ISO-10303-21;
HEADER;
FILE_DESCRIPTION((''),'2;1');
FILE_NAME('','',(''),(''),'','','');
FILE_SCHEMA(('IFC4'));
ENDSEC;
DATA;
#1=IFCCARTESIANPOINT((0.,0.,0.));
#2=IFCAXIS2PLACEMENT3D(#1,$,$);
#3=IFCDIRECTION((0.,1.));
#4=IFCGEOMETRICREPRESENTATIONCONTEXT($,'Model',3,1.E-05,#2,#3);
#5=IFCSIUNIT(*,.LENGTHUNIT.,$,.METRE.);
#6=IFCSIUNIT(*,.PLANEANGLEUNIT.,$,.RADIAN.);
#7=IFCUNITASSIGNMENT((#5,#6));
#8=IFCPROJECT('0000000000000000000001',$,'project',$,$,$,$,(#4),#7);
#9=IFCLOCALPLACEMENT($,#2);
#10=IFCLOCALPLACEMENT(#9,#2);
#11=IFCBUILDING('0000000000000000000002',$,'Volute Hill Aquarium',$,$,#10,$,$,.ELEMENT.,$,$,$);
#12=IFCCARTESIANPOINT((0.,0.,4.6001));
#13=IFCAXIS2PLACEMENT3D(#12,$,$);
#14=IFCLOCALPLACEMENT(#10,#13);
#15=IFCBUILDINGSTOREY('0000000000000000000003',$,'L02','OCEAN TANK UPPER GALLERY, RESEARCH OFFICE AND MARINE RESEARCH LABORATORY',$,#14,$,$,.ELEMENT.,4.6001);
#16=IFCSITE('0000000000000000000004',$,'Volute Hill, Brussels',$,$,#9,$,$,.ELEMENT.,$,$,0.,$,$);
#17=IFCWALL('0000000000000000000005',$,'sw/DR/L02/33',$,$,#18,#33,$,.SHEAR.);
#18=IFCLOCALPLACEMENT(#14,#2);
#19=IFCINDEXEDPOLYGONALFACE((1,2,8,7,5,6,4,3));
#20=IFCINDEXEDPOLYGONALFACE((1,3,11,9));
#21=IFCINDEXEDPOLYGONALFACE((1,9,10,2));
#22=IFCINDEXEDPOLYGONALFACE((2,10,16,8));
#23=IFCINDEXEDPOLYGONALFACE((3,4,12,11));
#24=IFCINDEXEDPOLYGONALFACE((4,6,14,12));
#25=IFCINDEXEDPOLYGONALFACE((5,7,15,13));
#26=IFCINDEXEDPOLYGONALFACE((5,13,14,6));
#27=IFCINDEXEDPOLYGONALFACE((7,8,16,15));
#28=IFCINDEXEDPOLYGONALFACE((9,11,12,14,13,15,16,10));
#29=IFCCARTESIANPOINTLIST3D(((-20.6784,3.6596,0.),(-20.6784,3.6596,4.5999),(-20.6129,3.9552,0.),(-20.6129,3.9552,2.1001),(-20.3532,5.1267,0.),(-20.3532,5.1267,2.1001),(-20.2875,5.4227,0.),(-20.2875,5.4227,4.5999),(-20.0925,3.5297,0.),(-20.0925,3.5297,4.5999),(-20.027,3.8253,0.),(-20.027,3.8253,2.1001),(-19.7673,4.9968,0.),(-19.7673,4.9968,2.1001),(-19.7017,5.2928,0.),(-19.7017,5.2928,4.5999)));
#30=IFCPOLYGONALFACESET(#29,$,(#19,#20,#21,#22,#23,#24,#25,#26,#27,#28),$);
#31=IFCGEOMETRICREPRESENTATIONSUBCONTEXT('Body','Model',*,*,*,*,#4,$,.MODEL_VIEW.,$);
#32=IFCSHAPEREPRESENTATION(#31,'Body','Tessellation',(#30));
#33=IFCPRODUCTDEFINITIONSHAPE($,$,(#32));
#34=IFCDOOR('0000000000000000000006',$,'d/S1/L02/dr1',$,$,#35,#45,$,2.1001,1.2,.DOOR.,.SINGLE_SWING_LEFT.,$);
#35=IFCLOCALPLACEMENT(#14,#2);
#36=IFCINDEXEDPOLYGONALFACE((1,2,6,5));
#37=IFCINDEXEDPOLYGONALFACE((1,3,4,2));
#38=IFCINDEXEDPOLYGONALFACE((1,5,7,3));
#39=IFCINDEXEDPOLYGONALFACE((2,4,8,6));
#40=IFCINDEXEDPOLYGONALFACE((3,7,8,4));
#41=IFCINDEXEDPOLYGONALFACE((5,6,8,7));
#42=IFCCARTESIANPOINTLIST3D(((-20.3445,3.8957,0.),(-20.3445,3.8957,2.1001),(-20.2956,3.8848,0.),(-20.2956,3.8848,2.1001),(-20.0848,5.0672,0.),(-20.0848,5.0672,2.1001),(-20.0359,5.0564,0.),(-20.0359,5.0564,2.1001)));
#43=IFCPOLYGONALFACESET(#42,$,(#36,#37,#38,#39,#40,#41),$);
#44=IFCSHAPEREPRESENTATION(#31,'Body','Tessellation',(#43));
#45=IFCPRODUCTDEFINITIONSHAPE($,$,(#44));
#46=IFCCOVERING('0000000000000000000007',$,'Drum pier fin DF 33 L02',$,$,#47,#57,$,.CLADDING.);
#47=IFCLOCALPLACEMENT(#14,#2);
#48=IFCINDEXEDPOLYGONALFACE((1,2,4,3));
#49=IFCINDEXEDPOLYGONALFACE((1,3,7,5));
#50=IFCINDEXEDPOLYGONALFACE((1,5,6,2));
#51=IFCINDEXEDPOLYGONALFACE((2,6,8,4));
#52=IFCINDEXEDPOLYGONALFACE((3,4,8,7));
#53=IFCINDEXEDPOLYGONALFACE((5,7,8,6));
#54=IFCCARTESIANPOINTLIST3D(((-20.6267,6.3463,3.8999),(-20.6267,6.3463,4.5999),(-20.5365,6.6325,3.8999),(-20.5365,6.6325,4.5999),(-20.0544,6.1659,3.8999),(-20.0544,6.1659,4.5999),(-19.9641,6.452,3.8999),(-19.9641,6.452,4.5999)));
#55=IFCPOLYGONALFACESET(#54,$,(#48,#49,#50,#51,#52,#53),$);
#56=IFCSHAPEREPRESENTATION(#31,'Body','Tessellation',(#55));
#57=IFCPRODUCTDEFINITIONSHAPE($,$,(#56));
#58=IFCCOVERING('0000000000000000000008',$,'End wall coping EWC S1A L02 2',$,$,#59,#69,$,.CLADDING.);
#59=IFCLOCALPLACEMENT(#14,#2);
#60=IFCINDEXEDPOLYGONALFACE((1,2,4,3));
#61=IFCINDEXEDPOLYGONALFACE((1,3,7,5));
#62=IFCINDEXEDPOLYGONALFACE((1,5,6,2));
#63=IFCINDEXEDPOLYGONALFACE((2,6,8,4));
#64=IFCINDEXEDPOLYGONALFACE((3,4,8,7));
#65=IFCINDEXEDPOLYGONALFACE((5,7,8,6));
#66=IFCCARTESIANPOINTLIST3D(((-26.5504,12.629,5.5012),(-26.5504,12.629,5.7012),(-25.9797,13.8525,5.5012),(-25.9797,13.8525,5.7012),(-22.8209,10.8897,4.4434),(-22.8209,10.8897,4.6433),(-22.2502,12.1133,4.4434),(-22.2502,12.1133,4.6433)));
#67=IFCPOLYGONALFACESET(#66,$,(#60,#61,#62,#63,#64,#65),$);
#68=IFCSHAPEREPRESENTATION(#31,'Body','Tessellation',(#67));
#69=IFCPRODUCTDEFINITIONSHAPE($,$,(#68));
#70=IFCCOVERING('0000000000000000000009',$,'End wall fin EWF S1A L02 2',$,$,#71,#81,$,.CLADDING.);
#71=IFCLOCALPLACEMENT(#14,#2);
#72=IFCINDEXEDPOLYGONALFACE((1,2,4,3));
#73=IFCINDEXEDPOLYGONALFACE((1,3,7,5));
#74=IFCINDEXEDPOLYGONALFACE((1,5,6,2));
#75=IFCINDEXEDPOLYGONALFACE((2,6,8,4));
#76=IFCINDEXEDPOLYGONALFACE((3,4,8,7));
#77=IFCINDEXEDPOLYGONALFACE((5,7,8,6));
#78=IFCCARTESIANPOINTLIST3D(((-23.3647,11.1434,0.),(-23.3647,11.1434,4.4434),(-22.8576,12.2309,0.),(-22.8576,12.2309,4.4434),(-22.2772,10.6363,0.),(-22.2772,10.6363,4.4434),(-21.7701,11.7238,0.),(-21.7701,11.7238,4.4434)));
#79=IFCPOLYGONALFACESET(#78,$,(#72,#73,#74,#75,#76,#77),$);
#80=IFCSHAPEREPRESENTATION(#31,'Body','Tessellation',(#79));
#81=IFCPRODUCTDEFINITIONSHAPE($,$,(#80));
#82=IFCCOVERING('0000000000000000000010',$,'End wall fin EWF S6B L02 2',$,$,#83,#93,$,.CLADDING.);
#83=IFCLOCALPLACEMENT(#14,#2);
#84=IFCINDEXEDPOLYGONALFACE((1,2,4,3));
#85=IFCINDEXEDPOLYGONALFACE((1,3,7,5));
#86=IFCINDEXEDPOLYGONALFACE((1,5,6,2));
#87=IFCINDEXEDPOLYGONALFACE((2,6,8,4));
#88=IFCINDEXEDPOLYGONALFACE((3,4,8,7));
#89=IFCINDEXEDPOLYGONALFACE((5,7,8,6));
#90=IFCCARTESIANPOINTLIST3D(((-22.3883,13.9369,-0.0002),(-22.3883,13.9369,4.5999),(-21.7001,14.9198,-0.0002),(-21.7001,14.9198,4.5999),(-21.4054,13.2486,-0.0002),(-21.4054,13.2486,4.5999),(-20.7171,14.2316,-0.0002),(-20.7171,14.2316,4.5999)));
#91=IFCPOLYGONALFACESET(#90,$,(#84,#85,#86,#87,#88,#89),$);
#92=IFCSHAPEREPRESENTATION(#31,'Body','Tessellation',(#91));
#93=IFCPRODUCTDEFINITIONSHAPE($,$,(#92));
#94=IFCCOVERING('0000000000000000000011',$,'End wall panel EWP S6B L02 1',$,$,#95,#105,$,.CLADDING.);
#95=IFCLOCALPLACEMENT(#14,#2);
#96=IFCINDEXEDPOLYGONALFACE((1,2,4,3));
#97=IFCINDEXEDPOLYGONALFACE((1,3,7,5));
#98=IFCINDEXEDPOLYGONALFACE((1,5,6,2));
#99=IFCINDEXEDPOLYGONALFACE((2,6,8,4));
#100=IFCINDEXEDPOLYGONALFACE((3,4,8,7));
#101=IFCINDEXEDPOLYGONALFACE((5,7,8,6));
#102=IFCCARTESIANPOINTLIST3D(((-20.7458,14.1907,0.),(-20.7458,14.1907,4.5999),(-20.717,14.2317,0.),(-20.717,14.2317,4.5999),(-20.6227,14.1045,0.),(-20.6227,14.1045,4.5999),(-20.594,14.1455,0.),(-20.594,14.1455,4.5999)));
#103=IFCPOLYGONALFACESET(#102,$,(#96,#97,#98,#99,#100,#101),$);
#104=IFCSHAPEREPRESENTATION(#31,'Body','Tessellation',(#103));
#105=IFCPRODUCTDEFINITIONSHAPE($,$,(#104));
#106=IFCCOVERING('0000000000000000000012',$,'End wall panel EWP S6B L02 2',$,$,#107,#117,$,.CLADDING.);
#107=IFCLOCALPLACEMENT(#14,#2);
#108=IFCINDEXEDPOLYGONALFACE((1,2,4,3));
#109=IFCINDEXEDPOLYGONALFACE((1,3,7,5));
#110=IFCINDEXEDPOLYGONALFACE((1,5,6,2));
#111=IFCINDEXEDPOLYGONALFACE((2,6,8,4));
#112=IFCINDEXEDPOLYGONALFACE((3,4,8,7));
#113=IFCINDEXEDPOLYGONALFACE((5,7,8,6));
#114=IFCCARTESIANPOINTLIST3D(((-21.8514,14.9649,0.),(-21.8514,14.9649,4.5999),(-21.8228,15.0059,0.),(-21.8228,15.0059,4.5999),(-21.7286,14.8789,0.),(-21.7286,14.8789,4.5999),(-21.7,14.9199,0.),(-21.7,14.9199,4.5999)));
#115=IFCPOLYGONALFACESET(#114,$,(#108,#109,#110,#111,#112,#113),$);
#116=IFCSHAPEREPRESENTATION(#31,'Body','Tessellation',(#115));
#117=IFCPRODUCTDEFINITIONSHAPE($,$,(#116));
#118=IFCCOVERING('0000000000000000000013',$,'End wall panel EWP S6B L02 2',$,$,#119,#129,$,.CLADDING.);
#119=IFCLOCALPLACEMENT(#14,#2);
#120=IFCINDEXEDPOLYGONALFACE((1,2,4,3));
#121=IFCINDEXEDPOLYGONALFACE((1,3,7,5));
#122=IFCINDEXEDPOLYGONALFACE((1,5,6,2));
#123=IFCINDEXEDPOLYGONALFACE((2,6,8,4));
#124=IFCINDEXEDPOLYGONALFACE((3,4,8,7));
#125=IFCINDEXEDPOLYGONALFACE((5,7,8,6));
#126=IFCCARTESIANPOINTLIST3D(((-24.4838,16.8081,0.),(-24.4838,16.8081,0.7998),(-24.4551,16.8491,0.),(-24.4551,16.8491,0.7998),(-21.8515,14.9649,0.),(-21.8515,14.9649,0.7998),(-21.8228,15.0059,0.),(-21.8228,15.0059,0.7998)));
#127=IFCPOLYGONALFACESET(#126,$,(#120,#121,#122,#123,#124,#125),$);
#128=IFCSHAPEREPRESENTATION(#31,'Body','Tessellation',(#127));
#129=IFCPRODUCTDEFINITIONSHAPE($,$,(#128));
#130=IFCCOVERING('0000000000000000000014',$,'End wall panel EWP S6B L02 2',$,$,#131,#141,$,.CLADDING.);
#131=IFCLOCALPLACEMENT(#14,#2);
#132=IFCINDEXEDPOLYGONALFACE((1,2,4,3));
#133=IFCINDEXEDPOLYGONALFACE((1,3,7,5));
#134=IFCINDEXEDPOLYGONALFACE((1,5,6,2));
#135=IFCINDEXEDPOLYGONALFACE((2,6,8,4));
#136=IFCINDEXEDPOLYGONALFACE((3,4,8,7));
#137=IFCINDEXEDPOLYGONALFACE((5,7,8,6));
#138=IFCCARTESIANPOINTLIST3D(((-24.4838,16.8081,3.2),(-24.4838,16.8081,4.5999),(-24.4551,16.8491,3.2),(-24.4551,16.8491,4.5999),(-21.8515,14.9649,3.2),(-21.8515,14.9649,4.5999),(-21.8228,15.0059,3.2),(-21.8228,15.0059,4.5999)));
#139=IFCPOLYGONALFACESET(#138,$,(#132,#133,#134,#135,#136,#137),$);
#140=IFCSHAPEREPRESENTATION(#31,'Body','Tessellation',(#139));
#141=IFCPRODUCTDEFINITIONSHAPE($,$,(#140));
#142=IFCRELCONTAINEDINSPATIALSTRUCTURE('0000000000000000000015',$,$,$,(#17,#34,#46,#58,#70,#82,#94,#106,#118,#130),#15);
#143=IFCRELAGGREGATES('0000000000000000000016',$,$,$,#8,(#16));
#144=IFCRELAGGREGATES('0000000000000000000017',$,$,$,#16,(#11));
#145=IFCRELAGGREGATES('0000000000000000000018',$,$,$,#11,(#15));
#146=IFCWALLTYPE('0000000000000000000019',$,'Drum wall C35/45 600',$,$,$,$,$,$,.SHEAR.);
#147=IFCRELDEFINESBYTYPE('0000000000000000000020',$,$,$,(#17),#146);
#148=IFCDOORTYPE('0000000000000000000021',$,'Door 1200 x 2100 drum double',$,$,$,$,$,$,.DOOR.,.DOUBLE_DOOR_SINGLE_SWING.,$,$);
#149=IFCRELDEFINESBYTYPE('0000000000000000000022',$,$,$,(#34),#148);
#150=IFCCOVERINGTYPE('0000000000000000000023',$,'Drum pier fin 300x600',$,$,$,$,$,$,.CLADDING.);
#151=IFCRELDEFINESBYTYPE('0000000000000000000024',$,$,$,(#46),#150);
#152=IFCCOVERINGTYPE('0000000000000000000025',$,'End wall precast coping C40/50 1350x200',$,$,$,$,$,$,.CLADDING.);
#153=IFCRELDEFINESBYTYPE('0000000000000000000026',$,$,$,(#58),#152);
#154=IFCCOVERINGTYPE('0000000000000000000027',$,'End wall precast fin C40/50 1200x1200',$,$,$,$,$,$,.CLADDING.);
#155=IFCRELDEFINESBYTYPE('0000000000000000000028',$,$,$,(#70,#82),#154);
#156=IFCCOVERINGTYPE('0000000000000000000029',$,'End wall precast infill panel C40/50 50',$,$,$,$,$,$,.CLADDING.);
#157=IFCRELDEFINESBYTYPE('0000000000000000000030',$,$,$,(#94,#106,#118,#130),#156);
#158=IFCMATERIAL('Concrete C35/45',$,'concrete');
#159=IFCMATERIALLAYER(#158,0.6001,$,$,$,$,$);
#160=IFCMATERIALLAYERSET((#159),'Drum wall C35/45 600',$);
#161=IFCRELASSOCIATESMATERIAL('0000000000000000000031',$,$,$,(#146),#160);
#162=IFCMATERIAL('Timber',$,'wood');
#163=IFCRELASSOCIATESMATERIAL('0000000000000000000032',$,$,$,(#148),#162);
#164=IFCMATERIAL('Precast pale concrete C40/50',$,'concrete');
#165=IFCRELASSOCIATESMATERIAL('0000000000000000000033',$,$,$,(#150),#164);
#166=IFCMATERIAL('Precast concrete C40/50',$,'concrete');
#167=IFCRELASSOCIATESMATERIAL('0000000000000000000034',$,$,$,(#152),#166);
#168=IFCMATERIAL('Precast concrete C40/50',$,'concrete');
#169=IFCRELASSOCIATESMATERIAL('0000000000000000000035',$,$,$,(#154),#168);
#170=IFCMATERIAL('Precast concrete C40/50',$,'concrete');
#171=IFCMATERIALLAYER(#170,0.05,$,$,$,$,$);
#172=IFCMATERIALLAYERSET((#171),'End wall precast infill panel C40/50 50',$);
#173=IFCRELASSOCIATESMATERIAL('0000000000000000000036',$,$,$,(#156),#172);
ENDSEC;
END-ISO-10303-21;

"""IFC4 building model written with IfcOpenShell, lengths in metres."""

from ifc_helpers import new_model, si_unit, direction, frame, frame_2d, origin, origin_2d, place, context, subcontext, project, spatial, polyline, rectangle, outline, extrude, material, layer, layer_set, type_object, element, fill, save


model = new_model("IFC4")

# Units and contexts
model_context = context("Model", 3, precision=1e-05, world=origin(), true_north=direction((0.0, 1.0)))
body_context = subcontext(model_context, "Body", "Model", "MODEL_VIEW")
ifc_project = project(units=[si_unit("LENGTHUNIT", "METRE"), si_unit("PLANEANGLEUNIT", "RADIAN")], contexts=[model_context])

# Site, building, storey
site_placement = place(None, origin())
site = spatial("IfcSite", under=ifc_project, at=site_placement, Name="Volute Hill, Brussels", CompositionType="ELEMENT", RefElevation=0.0)
building_placement = place(site_placement, origin())
building = spatial("IfcBuilding", under=site, at=building_placement, Name="Volute Hill Aquarium", CompositionType="ELEMENT")
storey_placement = place(building_placement, frame((0.0, 0.0, 4.6001)))
storey = spatial("IfcBuildingStorey", under=building, at=storey_placement, Name="L02", Description="OCEAN TANK UPPER GALLERY, RESEARCH OFFICE AND MARINE RESEARCH LABORATORY", CompositionType="ELEMENT", Elevation=4.6001)

# Wall, opening, door
ifc_material_1 = material(Name="Concrete C35/45", Category="concrete")
ifc_layer_1 = layer(ifc_material_1, 0.6001)
ifc_layer_set_1 = layer_set([ifc_layer_1], Name="Drum wall C35/45 600")
wall_type_1 = type_object("IfcWallType", Name="Drum wall C35/45 600", PredefinedType="SHEAR", material=ifc_layer_set_1)
wall_1_placement = place(storey_placement, frame((-19.9946, 5.3577, 0.0), z_axis=(0.0, 0.0, 1.0), x_axis=(-0.216429, -0.976298, 0.0)))
wall_1 = element("IfcWall", 1, at=wall_1_placement, inside=storey, type_object=wall_type_1, Name="sw/DR/L02/33", PredefinedType="SHEAR", context=body_context, shape_type="SweptSolid", body=[
    extrude(rectangle(XDim=1.8059, YDim=0.6001, at=frame_2d((0.9028, 0.0))), origin(), (0.0, 0.0, 1.0), 4.5999),
])
opening_1_placement = place(wall_1_placement, frame((0.303, 0.0, 0.0)))
opening_1 = element("IfcOpeningElement", 2, at=opening_1_placement, cuts=wall_1, PredefinedType="OPENING", context=body_context, shape_type="SweptSolid", body=[
    extrude(rectangle(XDim=1.2, YDim=2.1001, at=frame_2d((0.6001, 1.05))), frame((0.0, 0.3101, 0.0), z_axis=(0.0, -1.0, 0.0), x_axis=(1.0, 0.0, 0.0)), (0.0, 0.0, 1.0), 0.6201),
])
ifc_material_2 = material(Name="Timber", Category="wood")
door_type_1 = type_object("IfcDoorType", Name="Door 1200 x 2100 drum double", OperationType="DOUBLE_DOOR_SINGLE_SWING", PredefinedType="DOOR", material=ifc_material_2)
door_1_placement = place(opening_1_placement, origin())
door_1 = element("IfcDoor", 3, at=door_1_placement, inside=storey, type_object=door_type_1, Name="d/S1/L02/dr1", OperationType="SINGLE_SWING_LEFT", OverallHeight=2.1001, OverallWidth=1.2, PredefinedType="DOOR", context=body_context, shape_type="SweptSolid", body=[
    extrude(rectangle(XDim=1.2, YDim=2.1001, at=frame_2d((0.6001, 1.05))), frame((0.0, 0.0249, 0.0), z_axis=(0.0, -1.0, 0.0), x_axis=(1.0, 0.0, 0.0)), (0.0, 0.0, 1.0), 0.05),
])
fill(opening_1, door_1)

# Coverings
ifc_material_3 = material(Name="Precast pale concrete C40/50", Category="concrete")
covering_type_1 = type_object("IfcCoveringType", Name="Drum pier fin 300x600", PredefinedType="CLADDING", material=ifc_material_3)
covering_1_placement = place(storey_placement, frame((-20.2954, 6.3992, 3.8999), z_axis=(0.0, 0.0, 1.0), x_axis=(-0.300706, -0.953717, 0.0)))
element("IfcCovering", 4, at=covering_1_placement, inside=storey, type_object=covering_type_1, Name="Drum pier fin DF 33 L02", PredefinedType="CLADDING", context=body_context, shape_type="SweptSolid", body=[
    extrude(rectangle(XDim=0.3, YDim=0.6001, at=origin_2d()), origin(), (0.0, 0.0, 1.0), 0.7),
])
ifc_material_4 = material(Name="Precast concrete C40/50", Category="concrete")
covering_type_2 = type_object("IfcCoveringType", Name="End wall precast coping C40/50 1350x200", PredefinedType="CLADDING", material=ifc_material_4)
covering_2_placement = place(storey_placement, frame((-22.2502, 12.1133, 4.4434), z_axis=(0.422652, 0.906292, 0.0), x_axis=(-0.877754, 0.409343, 0.248973)))
element("IfcCovering", 5, at=covering_2_placement, inside=storey, type_object=covering_type_2, Name="End wall coping EWC S1A L02 2", PredefinedType="CLADDING", context=body_context, shape_type="SweptSolid", body=[
    extrude(outline(polyline([(0.0, 0.0), (4.2489, 0.0), (4.2987, 0.1937), (0.0498, 0.1937), (0.0, 0.0)])), origin(), (0.0, 0.0, -1.0), 1.3501),
])
ifc_material_5 = material(Name="Precast concrete C40/50", Category="concrete")
covering_type_3 = type_object("IfcCoveringType", Name="End wall precast fin C40/50 1200x1200", PredefinedType="CLADDING", material=ifc_material_5)
covering_3_placement = place(storey_placement, frame((-22.5674, 11.4336, 0.0), z_axis=(0.0, 0.0, 1.0), x_axis=(-0.906308, 0.422618, 0.0)))
element("IfcCovering", 6, at=covering_3_placement, inside=storey, type_object=covering_type_3, Name="End wall fin EWF S1A L02 2", PredefinedType="CLADDING", context=body_context, shape_type="SweptSolid", body=[
    extrude(rectangle(XDim=1.2, YDim=1.2, at=origin_2d()), origin(), (0.0, 0.0, 1.0), 4.4434),
])
covering_4_placement = place(storey_placement, frame((-21.5527, 14.0842, -0.0002), z_axis=(0.0, 0.0, 1.0), x_axis=(-0.819153, 0.573575, 0.0)))
element("IfcCovering", 7, at=covering_4_placement, inside=storey, type_object=covering_type_3, Name="End wall fin EWF S6B L02 2", PredefinedType="CLADDING", context=body_context, shape_type="SweptSolid", body=[
    extrude(rectangle(XDim=1.2, YDim=1.2, at=origin_2d()), origin(), (0.0, 0.0, 1.0), 4.6001),
])
ifc_material_6 = material(Name="Precast concrete C40/50", Category="concrete")
ifc_layer_2 = layer(ifc_material_6, 0.05)
ifc_layer_set_2 = layer_set([ifc_layer_2], Name="End wall precast infill panel C40/50 50")
covering_type_4 = type_object("IfcCoveringType", Name="End wall precast infill panel C40/50 50", PredefinedType="CLADDING", material=ifc_layer_set_2)
covering_5_placement = place(storey_placement, frame((-20.594, 14.1455, 0.0), z_axis=(0.57368, 0.819079, 0.0), x_axis=(-0.819079, 0.57368, 0.0)))
element("IfcCovering", 8, at=covering_5_placement, inside=storey, type_object=covering_type_4, Name="End wall panel EWP S6B L02 1", PredefinedType="CLADDING", context=body_context, shape_type="SweptSolid", body=[
    extrude(outline(polyline([(0.0, 0.0), (0.1502, 0.0), (0.1502, 4.5999), (0.0, 4.5999), (0.0, 0.0)])), origin(), (0.0, 0.0, -1.0), 0.05),
])
covering_6_placement = place(storey_placement, frame((-21.7, 14.9199, 0.0), z_axis=(0.573353, 0.819308, 0.0), x_axis=(-0.819308, 0.573353, 0.0)))
element("IfcCovering", 9, at=covering_6_placement, inside=storey, type_object=covering_type_4, Name="End wall panel EWP S6B L02 2", PredefinedType="CLADDING", context=body_context, shape_type="SweptSolid", body=[
    extrude(outline(polyline([(0.0, 0.0), (0.1499, 0.0), (0.1499, 4.5999), (0.0, 4.5999), (0.0, 0.0)])), origin(), (0.0, 0.0, -1.0), 0.05),
])
covering_7_placement = place(storey_placement, frame((-21.8228, 15.0059, 0.0), z_axis=(0.573595, 0.819139, 0.0), x_axis=(-0.819139, 0.573595, 0.0)))
element("IfcCovering", 10, at=covering_7_placement, inside=storey, type_object=covering_type_4, Name="End wall panel EWP S6B L02 2", PredefinedType="CLADDING", context=body_context, shape_type="SweptSolid", body=[
    extrude(outline(polyline([(0.0, 0.0), (3.2135, 0.0), (3.2135, 0.7998), (0.0, 0.7998), (0.0, 0.0)])), origin(), (0.0, 0.0, -1.0), 0.05),
])
covering_8_placement = place(storey_placement, frame((-21.8228, 15.0059, 3.2), z_axis=(0.573595, 0.819139, 0.0), x_axis=(-0.819139, 0.573595, 0.0)))
element("IfcCovering", 11, at=covering_8_placement, inside=storey, type_object=covering_type_4, Name="End wall panel EWP S6B L02 2", PredefinedType="CLADDING", context=body_context, shape_type="SweptSolid", body=[
    extrude(outline(polyline([(0.0, 0.0), (3.2135, 0.0), (3.2135, 1.3999), (0.0, 1.3999), (0.0, 0.0)])), origin(), (0.0, 0.0, -1.0), 0.05),
])

save(model, "model.ifc")
